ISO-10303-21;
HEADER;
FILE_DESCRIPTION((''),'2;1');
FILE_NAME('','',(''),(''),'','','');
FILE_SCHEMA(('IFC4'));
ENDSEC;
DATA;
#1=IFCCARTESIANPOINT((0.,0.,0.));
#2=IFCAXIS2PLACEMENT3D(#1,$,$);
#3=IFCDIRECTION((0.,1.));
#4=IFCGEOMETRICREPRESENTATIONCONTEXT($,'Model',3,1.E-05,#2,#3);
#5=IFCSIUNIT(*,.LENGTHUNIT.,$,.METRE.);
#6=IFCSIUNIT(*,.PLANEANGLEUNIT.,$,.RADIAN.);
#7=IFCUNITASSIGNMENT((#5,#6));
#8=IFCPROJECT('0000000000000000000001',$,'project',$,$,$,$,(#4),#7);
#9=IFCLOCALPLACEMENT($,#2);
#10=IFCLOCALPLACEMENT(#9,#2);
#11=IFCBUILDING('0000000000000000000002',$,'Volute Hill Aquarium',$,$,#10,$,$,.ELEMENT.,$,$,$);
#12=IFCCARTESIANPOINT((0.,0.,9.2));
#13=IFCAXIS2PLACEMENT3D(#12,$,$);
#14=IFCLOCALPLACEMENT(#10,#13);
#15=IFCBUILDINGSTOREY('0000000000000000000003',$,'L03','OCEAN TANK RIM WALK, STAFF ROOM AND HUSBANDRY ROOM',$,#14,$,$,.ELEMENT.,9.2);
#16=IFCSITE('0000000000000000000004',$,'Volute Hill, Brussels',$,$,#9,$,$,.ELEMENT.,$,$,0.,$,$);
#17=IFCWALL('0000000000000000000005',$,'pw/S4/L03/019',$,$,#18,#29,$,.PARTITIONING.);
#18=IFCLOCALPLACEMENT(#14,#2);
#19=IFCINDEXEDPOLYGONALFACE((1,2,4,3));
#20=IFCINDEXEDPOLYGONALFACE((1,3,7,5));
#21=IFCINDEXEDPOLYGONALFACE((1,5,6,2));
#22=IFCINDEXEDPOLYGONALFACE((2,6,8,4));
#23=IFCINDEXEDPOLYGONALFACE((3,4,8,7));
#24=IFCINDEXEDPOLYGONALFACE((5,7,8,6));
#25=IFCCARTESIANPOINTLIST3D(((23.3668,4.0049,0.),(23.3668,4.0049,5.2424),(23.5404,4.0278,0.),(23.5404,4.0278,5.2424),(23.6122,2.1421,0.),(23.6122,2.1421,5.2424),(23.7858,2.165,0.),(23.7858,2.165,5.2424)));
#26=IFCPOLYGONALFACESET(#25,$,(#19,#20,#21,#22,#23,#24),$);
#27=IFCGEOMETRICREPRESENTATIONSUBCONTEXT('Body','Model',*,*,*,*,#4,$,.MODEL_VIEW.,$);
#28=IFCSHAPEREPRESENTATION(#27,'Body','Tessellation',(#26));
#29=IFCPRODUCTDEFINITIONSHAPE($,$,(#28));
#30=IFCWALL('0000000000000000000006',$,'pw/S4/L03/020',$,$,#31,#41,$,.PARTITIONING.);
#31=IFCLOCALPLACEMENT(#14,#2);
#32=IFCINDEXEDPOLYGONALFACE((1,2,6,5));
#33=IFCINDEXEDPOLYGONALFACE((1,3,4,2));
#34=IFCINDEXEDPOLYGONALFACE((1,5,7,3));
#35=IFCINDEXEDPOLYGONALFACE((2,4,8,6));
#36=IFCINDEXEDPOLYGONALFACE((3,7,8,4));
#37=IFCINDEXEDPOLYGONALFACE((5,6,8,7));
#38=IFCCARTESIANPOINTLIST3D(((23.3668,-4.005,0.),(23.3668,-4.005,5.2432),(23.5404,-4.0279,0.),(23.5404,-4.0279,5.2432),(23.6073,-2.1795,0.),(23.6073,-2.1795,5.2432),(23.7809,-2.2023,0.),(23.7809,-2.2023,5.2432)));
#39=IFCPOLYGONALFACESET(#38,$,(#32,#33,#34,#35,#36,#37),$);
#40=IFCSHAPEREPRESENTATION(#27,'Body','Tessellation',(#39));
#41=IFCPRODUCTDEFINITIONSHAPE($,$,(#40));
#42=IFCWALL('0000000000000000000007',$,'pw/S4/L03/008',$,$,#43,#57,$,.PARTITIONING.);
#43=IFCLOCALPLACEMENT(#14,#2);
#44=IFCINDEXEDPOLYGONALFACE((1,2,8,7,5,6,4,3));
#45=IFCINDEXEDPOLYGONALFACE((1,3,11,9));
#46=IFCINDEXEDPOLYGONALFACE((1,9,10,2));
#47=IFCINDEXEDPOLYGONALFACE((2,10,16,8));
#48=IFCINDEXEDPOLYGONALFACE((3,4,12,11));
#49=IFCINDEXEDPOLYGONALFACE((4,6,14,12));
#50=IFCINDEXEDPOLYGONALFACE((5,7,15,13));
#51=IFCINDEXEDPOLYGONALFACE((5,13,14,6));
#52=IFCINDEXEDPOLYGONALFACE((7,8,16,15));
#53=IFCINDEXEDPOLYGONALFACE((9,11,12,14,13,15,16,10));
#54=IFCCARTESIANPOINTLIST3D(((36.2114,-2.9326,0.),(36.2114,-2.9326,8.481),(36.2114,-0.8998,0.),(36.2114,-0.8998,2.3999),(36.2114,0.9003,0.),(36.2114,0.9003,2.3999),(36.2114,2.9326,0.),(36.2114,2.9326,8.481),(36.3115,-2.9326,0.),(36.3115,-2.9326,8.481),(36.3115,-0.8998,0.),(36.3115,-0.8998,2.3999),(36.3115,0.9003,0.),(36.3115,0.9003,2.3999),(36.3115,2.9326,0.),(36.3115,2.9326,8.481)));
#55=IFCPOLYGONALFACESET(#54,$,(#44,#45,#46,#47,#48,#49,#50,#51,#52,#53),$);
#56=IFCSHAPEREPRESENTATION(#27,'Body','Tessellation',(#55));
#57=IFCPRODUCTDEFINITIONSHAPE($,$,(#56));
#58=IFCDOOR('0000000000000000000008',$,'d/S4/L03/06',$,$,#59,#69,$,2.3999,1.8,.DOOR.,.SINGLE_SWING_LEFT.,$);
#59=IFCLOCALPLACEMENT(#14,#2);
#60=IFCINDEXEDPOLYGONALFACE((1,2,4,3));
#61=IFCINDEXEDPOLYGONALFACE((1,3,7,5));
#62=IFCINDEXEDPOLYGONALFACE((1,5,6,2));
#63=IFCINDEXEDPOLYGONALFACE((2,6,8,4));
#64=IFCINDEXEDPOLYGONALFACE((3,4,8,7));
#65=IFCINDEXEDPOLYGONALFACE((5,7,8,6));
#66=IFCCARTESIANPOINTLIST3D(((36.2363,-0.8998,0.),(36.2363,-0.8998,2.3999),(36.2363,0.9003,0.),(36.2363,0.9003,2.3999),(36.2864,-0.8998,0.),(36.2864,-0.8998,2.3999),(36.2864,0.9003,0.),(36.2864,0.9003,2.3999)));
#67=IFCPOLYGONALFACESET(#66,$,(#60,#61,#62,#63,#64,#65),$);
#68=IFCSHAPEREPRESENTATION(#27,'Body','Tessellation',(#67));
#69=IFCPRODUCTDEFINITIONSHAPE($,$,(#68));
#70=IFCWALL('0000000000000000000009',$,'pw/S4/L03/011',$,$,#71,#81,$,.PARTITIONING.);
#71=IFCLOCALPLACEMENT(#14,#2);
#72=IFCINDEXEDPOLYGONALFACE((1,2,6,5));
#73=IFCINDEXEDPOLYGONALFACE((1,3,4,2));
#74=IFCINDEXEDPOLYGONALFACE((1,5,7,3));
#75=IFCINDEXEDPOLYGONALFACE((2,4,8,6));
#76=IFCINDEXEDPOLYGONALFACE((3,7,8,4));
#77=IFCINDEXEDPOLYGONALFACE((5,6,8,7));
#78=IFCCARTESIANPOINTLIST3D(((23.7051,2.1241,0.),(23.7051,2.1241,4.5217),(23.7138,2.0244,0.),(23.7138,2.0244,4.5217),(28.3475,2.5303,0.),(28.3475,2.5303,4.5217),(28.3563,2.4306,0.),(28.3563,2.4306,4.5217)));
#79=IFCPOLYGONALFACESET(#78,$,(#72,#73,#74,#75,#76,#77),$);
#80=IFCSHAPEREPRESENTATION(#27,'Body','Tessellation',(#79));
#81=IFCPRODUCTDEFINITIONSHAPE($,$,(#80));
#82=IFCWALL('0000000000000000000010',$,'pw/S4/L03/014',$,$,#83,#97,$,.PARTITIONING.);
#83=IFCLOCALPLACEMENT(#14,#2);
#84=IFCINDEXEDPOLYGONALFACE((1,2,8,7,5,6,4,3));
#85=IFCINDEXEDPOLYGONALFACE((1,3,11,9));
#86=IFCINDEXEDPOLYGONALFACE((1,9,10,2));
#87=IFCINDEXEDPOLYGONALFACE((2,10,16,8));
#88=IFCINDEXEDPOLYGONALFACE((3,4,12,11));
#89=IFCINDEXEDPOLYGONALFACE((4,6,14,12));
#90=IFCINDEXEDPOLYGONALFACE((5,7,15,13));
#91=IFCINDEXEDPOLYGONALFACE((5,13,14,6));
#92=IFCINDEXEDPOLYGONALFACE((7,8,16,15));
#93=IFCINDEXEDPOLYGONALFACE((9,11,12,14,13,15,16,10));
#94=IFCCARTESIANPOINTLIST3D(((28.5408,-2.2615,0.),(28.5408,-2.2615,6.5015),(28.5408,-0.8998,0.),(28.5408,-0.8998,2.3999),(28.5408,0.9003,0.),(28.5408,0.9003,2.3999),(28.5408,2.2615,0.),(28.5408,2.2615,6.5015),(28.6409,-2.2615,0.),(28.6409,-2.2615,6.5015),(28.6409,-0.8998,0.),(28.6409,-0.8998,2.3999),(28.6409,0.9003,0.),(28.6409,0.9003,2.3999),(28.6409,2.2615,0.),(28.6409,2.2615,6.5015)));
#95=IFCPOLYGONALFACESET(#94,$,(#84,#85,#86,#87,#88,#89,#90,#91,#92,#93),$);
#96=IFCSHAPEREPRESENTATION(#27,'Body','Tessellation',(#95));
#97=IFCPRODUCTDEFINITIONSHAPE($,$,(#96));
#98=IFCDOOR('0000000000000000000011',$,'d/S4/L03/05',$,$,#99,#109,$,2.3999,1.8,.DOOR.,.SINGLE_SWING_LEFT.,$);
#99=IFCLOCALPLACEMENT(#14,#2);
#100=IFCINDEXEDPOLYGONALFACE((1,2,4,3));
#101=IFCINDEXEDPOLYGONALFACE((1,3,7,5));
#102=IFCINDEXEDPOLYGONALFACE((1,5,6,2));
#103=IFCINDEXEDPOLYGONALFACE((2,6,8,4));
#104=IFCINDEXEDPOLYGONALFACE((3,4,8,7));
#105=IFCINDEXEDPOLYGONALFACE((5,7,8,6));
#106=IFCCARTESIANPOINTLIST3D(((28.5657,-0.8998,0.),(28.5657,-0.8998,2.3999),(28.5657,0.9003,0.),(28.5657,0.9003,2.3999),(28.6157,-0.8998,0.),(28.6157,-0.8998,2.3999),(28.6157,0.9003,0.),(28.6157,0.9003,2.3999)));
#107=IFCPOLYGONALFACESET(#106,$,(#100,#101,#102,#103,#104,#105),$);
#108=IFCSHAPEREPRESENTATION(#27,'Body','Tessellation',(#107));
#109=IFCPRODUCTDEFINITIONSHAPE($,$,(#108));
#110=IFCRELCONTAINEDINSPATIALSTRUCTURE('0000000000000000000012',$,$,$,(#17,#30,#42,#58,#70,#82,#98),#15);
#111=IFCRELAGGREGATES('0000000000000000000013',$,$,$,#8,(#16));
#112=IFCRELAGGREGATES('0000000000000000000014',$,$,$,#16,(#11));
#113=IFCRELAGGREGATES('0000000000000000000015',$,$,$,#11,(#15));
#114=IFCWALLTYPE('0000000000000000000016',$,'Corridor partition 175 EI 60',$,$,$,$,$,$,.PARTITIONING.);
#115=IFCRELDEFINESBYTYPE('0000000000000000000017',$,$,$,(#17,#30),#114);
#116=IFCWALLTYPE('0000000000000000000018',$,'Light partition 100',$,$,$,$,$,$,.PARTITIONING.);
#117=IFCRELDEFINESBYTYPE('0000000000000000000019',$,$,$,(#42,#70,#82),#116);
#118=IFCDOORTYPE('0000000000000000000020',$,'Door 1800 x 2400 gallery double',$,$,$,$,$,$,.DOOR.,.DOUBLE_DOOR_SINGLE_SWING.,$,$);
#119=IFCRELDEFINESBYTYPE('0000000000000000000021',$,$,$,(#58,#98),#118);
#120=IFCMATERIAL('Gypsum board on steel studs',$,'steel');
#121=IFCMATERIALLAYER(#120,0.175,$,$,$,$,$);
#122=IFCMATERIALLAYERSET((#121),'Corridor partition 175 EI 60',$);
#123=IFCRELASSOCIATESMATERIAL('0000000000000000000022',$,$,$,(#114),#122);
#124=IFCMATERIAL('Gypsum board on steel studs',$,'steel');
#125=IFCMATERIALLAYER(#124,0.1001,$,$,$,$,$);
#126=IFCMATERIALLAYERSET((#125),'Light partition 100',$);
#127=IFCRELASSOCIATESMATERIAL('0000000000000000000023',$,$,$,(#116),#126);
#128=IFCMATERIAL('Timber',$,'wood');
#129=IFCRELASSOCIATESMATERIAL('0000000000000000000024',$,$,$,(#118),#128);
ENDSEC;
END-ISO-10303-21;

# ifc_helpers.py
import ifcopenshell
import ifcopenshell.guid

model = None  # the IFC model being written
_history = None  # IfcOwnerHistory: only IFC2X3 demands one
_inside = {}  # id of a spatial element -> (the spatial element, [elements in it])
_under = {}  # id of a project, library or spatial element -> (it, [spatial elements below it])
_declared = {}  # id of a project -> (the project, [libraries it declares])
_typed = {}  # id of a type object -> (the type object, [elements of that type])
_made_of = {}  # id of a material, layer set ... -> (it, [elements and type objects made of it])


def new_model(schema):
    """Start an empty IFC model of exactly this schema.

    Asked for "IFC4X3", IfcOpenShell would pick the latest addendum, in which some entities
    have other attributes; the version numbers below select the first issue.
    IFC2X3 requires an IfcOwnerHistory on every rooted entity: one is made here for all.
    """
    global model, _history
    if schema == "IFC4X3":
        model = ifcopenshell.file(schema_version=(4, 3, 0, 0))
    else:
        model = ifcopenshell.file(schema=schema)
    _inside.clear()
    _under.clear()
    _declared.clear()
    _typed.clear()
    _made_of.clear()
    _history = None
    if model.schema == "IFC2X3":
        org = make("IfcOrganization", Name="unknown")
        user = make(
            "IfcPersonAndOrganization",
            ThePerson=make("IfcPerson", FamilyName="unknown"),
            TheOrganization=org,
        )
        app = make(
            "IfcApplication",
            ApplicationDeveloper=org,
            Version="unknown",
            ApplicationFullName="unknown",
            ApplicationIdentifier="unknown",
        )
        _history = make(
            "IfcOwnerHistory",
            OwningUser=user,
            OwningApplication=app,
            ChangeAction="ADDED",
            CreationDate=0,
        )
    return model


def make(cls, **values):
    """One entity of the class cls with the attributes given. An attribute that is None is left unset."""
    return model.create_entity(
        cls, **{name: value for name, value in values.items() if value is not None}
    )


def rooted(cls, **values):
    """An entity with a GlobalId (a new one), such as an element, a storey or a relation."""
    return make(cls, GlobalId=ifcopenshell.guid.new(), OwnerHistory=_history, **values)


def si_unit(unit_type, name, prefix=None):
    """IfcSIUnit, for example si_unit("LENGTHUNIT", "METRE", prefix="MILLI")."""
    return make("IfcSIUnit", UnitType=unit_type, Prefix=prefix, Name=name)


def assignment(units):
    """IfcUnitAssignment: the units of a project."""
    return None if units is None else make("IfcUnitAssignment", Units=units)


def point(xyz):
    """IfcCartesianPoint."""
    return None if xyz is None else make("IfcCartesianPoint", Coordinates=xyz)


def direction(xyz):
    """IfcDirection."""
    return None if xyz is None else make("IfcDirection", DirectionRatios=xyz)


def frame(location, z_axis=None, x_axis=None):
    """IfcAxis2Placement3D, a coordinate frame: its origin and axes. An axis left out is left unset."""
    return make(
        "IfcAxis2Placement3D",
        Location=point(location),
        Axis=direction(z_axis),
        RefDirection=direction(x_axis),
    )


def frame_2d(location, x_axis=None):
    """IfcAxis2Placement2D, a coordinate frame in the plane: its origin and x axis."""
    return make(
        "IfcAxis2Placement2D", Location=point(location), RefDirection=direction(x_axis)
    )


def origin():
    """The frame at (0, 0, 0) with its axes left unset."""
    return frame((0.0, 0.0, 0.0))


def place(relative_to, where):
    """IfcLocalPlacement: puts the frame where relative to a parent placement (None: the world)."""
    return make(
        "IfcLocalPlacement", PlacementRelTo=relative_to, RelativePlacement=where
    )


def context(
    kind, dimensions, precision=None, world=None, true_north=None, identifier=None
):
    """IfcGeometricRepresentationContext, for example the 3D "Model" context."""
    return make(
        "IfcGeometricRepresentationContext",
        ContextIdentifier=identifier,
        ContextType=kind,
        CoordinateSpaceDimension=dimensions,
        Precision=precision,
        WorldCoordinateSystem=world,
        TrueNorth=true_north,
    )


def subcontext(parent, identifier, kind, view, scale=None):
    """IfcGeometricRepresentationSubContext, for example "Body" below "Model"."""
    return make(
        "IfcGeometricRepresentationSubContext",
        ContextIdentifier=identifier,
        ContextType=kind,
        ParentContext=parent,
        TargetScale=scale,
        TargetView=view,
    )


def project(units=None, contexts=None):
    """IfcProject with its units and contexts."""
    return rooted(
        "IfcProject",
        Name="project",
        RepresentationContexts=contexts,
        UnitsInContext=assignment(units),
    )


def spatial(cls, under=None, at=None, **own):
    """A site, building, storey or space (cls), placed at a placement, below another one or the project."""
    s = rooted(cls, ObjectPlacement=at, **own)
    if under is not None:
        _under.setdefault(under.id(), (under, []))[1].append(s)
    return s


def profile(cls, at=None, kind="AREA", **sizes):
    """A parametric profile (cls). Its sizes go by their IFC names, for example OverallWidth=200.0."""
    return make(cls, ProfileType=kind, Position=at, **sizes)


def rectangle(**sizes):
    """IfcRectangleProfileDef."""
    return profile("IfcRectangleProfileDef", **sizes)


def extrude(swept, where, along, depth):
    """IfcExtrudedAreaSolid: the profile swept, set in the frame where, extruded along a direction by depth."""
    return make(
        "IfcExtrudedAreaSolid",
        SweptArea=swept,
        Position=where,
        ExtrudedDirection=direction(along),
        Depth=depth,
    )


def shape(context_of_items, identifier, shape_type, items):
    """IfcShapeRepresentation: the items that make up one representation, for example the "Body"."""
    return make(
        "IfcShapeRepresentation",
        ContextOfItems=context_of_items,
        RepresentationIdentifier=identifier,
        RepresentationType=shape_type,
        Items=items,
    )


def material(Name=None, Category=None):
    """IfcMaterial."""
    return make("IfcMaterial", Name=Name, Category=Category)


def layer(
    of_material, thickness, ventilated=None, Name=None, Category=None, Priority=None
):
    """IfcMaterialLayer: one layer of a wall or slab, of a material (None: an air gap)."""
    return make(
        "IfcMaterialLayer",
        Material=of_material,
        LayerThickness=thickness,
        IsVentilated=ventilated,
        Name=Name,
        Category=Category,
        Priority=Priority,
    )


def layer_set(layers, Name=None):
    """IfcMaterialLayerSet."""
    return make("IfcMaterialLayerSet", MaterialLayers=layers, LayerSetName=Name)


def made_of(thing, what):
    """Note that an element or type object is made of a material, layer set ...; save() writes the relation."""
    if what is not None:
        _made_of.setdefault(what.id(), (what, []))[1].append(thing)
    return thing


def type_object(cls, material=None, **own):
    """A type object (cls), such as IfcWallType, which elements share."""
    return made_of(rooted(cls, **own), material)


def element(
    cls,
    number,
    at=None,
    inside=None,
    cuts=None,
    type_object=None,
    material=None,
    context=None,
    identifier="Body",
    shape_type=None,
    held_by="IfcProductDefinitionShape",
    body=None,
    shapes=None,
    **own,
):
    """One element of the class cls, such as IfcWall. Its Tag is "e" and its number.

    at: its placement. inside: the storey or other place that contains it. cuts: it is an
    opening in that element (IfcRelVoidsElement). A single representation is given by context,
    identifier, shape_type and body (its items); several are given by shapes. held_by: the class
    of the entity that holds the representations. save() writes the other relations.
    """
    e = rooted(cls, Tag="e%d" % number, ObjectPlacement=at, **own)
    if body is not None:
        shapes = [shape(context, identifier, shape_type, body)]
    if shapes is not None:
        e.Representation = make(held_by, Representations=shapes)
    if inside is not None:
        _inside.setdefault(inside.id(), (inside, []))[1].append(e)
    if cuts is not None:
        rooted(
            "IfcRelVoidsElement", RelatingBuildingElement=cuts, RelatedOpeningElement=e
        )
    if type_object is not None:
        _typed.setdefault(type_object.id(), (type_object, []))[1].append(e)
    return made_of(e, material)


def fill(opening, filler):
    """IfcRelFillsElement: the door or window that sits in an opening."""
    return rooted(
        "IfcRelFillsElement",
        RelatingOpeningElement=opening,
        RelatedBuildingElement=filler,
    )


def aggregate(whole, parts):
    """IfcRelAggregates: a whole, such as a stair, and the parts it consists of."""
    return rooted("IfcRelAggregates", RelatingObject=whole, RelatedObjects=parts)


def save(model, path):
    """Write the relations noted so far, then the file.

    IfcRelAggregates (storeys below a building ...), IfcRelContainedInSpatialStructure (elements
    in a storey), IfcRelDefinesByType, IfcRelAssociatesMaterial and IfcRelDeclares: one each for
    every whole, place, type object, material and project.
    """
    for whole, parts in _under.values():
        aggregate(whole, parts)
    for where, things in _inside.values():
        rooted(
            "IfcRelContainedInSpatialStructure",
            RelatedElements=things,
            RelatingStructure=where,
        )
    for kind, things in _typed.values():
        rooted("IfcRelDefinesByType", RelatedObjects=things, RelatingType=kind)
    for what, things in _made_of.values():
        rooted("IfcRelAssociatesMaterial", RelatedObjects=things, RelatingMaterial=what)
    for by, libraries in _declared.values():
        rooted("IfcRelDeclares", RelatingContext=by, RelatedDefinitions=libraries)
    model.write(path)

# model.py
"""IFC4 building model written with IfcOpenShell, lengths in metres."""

from ifc_helpers import new_model, si_unit, direction, frame, frame_2d, origin, place, context, subcontext, project, spatial, rectangle, extrude, material, layer, layer_set, type_object, element, fill, save


model = new_model("IFC4")

# Units and contexts
model_context = context("Model", 3, precision=1e-05, world=origin(), true_north=direction((0.0, 1.0)))
body_context = subcontext(model_context, "Body", "Model", "MODEL_VIEW")
ifc_project = project(units=[si_unit("LENGTHUNIT", "METRE"), si_unit("PLANEANGLEUNIT", "RADIAN")], contexts=[model_context])

# Site, building, storey
site_placement = place(None, origin())
site = spatial("IfcSite", under=ifc_project, at=site_placement, Name="Volute Hill, Brussels", CompositionType="ELEMENT", RefElevation=0.0)
building_placement = place(site_placement, origin())
building = spatial("IfcBuilding", under=site, at=building_placement, Name="Volute Hill Aquarium", CompositionType="ELEMENT")
storey_placement = place(building_placement, frame((0.0, 0.0, 9.2)))
storey = spatial("IfcBuildingStorey", under=building, at=storey_placement, Name="L03", Description="OCEAN TANK RIM WALK, STAFF ROOM AND HUSBANDRY ROOM", CompositionType="ELEMENT", Elevation=9.2)

# Walls
ifc_material_1 = material(Name="Gypsum board on steel studs", Category="steel")
ifc_layer_1 = layer(ifc_material_1, 0.175)
ifc_layer_set_1 = layer_set([ifc_layer_1], Name="Corridor partition 175 EI 60")
wall_type_1 = type_object("IfcWallType", Name="Corridor partition 175 EI 60", PredefinedType="PARTITIONING", material=ifc_layer_set_1)
wall_1_placement = place(storey_placement, frame((23.4536, 4.0164, 0.0), z_axis=(0.0, 0.0, 1.0), x_axis=(0.130589, -0.991437, 0.0)))
element("IfcWall", 1, at=wall_1_placement, inside=storey, type_object=wall_type_1, Name="pw/S4/L03/019", PredefinedType="PARTITIONING", context=body_context, shape_type="SweptSolid", body=[
    extrude(rectangle(XDim=1.8789, YDim=0.175, at=frame_2d((0.9395, 0.0))), origin(), (0.0, 0.0, 1.0), 5.2424),
])
wall_2_placement = place(storey_placement, frame((23.6941, -2.1909, 0.0), z_axis=(0.0, 0.0, 1.0), x_axis=(-0.130609, -0.991434, 0.0)))
element("IfcWall", 2, at=wall_2_placement, inside=storey, type_object=wall_type_1, Name="pw/S4/L03/020", PredefinedType="PARTITIONING", context=body_context, shape_type="SweptSolid", body=[
    extrude(rectangle(XDim=1.8413, YDim=0.175, at=frame_2d((0.9207, 0.0))), origin(), (0.0, 0.0, 1.0), 5.2432),
])

# Wall, opening, door
ifc_material_2 = material(Name="Gypsum board on steel studs", Category="steel")
ifc_layer_2 = layer(ifc_material_2, 0.1001)
ifc_layer_set_2 = layer_set([ifc_layer_2], Name="Light partition 100")
wall_type_2 = type_object("IfcWallType", Name="Light partition 100", PredefinedType="PARTITIONING", material=ifc_layer_set_2)
wall_3_placement = place(storey_placement, frame((36.2615, 2.9326, 0.0), z_axis=(0.0, 0.0, 1.0), x_axis=(0.0, -1.0, 0.0)))
wall_3 = element("IfcWall", 3, at=wall_3_placement, inside=storey, type_object=wall_type_2, Name="pw/S4/L03/008", PredefinedType="PARTITIONING", context=body_context, shape_type="SweptSolid", body=[
    extrude(rectangle(XDim=5.8652, YDim=0.1001, at=frame_2d((2.9326, 0.0))), origin(), (0.0, 0.0, 1.0), 8.481),
])
opening_1_placement = place(wall_3_placement, frame((2.0325, 0.0, 0.0)))
opening_1 = element("IfcOpeningElement", 4, at=opening_1_placement, cuts=wall_3, PredefinedType="OPENING", context=body_context, shape_type="SweptSolid", body=[
    extrude(rectangle(XDim=1.8, YDim=2.3999, at=frame_2d((0.8999, 1.2))), frame((0.0, 0.0601, 0.0), z_axis=(0.0, -1.0, 0.0), x_axis=(1.0, 0.0, 0.0)), (0.0, 0.0, 1.0), 0.1201),
])
ifc_material_3 = material(Name="Timber", Category="wood")
door_type = type_object("IfcDoorType", Name="Door 1800 x 2400 gallery double", OperationType="DOUBLE_DOOR_SINGLE_SWING", PredefinedType="DOOR", material=ifc_material_3)
door_1_placement = place(opening_1_placement, origin())
door_1 = element("IfcDoor", 5, at=door_1_placement, inside=storey, type_object=door_type, Name="d/S4/L03/06", OperationType="SINGLE_SWING_LEFT", OverallHeight=2.3999, OverallWidth=1.8, PredefinedType="DOOR", context=body_context, shape_type="SweptSolid", body=[
    extrude(rectangle(XDim=1.8, YDim=2.3999, at=frame_2d((0.8999, 1.2))), frame((0.0, 0.0249, 0.0), z_axis=(0.0, -1.0, 0.0), x_axis=(1.0, 0.0, 0.0)), (0.0, 0.0, 1.0), 0.05),
])
fill(opening_1, door_1)

# Wall
wall_4_placement = place(storey_placement, frame((23.7095, 2.0742, 0.0), z_axis=(0.0, 0.0, 1.0), x_axis=(0.996193, 0.087177, 0.0)))
element("IfcWall", 6, at=wall_4_placement, inside=storey, type_object=wall_type_2, Name="pw/S4/L03/011", PredefinedType="PARTITIONING", context=body_context, shape_type="SweptSolid", body=[
    extrude(rectangle(XDim=4.6602, YDim=0.1001, at=frame_2d((2.3301, 0.0))), origin(), (0.0, 0.0, 1.0), 4.5217),
])

# Wall, opening, door
wall_5_placement = place(storey_placement, frame((28.5908, 2.2615, 0.0), z_axis=(0.0, 0.0, 1.0), x_axis=(0.0, -1.0, 0.0)))
wall_5 = element("IfcWall", 7, at=wall_5_placement, inside=storey, type_object=wall_type_2, Name="pw/S4/L03/014", PredefinedType="PARTITIONING", context=body_context, shape_type="SweptSolid", body=[
    extrude(rectangle(XDim=4.5229, YDim=0.1001, at=frame_2d((2.2615, 0.0))), origin(), (0.0, 0.0, 1.0), 6.5015),
])
opening_2_placement = place(wall_5_placement, frame((1.3613, 0.0, 0.0)))
opening_2 = element("IfcOpeningElement", 8, at=opening_2_placement, cuts=wall_5, PredefinedType="OPENING", context=body_context, shape_type="SweptSolid", body=[
    extrude(rectangle(XDim=1.8, YDim=2.3999, at=frame_2d((0.8999, 1.2))), frame((0.0, 0.0601, 0.0), z_axis=(0.0, -1.0, 0.0), x_axis=(1.0, 0.0, 0.0)), (0.0, 0.0, 1.0), 0.1201),
])
door_2_placement = place(opening_2_placement, origin())
door_2 = element("IfcDoor", 9, at=door_2_placement, inside=storey, type_object=door_type, Name="d/S4/L03/05", OperationType="SINGLE_SWING_LEFT", OverallHeight=2.3999, OverallWidth=1.8, PredefinedType="DOOR", context=body_context, shape_type="SweptSolid", body=[
    extrude(rectangle(XDim=1.8, YDim=2.3999, at=frame_2d((0.8999, 1.2))), frame((0.0, 0.0249, 0.0), z_axis=(0.0, -1.0, 0.0), x_axis=(1.0, 0.0, 0.0)), (0.0, 0.0, 1.0), 0.05),
])
fill(opening_2, door_2)

save(model, "model.ifc")
